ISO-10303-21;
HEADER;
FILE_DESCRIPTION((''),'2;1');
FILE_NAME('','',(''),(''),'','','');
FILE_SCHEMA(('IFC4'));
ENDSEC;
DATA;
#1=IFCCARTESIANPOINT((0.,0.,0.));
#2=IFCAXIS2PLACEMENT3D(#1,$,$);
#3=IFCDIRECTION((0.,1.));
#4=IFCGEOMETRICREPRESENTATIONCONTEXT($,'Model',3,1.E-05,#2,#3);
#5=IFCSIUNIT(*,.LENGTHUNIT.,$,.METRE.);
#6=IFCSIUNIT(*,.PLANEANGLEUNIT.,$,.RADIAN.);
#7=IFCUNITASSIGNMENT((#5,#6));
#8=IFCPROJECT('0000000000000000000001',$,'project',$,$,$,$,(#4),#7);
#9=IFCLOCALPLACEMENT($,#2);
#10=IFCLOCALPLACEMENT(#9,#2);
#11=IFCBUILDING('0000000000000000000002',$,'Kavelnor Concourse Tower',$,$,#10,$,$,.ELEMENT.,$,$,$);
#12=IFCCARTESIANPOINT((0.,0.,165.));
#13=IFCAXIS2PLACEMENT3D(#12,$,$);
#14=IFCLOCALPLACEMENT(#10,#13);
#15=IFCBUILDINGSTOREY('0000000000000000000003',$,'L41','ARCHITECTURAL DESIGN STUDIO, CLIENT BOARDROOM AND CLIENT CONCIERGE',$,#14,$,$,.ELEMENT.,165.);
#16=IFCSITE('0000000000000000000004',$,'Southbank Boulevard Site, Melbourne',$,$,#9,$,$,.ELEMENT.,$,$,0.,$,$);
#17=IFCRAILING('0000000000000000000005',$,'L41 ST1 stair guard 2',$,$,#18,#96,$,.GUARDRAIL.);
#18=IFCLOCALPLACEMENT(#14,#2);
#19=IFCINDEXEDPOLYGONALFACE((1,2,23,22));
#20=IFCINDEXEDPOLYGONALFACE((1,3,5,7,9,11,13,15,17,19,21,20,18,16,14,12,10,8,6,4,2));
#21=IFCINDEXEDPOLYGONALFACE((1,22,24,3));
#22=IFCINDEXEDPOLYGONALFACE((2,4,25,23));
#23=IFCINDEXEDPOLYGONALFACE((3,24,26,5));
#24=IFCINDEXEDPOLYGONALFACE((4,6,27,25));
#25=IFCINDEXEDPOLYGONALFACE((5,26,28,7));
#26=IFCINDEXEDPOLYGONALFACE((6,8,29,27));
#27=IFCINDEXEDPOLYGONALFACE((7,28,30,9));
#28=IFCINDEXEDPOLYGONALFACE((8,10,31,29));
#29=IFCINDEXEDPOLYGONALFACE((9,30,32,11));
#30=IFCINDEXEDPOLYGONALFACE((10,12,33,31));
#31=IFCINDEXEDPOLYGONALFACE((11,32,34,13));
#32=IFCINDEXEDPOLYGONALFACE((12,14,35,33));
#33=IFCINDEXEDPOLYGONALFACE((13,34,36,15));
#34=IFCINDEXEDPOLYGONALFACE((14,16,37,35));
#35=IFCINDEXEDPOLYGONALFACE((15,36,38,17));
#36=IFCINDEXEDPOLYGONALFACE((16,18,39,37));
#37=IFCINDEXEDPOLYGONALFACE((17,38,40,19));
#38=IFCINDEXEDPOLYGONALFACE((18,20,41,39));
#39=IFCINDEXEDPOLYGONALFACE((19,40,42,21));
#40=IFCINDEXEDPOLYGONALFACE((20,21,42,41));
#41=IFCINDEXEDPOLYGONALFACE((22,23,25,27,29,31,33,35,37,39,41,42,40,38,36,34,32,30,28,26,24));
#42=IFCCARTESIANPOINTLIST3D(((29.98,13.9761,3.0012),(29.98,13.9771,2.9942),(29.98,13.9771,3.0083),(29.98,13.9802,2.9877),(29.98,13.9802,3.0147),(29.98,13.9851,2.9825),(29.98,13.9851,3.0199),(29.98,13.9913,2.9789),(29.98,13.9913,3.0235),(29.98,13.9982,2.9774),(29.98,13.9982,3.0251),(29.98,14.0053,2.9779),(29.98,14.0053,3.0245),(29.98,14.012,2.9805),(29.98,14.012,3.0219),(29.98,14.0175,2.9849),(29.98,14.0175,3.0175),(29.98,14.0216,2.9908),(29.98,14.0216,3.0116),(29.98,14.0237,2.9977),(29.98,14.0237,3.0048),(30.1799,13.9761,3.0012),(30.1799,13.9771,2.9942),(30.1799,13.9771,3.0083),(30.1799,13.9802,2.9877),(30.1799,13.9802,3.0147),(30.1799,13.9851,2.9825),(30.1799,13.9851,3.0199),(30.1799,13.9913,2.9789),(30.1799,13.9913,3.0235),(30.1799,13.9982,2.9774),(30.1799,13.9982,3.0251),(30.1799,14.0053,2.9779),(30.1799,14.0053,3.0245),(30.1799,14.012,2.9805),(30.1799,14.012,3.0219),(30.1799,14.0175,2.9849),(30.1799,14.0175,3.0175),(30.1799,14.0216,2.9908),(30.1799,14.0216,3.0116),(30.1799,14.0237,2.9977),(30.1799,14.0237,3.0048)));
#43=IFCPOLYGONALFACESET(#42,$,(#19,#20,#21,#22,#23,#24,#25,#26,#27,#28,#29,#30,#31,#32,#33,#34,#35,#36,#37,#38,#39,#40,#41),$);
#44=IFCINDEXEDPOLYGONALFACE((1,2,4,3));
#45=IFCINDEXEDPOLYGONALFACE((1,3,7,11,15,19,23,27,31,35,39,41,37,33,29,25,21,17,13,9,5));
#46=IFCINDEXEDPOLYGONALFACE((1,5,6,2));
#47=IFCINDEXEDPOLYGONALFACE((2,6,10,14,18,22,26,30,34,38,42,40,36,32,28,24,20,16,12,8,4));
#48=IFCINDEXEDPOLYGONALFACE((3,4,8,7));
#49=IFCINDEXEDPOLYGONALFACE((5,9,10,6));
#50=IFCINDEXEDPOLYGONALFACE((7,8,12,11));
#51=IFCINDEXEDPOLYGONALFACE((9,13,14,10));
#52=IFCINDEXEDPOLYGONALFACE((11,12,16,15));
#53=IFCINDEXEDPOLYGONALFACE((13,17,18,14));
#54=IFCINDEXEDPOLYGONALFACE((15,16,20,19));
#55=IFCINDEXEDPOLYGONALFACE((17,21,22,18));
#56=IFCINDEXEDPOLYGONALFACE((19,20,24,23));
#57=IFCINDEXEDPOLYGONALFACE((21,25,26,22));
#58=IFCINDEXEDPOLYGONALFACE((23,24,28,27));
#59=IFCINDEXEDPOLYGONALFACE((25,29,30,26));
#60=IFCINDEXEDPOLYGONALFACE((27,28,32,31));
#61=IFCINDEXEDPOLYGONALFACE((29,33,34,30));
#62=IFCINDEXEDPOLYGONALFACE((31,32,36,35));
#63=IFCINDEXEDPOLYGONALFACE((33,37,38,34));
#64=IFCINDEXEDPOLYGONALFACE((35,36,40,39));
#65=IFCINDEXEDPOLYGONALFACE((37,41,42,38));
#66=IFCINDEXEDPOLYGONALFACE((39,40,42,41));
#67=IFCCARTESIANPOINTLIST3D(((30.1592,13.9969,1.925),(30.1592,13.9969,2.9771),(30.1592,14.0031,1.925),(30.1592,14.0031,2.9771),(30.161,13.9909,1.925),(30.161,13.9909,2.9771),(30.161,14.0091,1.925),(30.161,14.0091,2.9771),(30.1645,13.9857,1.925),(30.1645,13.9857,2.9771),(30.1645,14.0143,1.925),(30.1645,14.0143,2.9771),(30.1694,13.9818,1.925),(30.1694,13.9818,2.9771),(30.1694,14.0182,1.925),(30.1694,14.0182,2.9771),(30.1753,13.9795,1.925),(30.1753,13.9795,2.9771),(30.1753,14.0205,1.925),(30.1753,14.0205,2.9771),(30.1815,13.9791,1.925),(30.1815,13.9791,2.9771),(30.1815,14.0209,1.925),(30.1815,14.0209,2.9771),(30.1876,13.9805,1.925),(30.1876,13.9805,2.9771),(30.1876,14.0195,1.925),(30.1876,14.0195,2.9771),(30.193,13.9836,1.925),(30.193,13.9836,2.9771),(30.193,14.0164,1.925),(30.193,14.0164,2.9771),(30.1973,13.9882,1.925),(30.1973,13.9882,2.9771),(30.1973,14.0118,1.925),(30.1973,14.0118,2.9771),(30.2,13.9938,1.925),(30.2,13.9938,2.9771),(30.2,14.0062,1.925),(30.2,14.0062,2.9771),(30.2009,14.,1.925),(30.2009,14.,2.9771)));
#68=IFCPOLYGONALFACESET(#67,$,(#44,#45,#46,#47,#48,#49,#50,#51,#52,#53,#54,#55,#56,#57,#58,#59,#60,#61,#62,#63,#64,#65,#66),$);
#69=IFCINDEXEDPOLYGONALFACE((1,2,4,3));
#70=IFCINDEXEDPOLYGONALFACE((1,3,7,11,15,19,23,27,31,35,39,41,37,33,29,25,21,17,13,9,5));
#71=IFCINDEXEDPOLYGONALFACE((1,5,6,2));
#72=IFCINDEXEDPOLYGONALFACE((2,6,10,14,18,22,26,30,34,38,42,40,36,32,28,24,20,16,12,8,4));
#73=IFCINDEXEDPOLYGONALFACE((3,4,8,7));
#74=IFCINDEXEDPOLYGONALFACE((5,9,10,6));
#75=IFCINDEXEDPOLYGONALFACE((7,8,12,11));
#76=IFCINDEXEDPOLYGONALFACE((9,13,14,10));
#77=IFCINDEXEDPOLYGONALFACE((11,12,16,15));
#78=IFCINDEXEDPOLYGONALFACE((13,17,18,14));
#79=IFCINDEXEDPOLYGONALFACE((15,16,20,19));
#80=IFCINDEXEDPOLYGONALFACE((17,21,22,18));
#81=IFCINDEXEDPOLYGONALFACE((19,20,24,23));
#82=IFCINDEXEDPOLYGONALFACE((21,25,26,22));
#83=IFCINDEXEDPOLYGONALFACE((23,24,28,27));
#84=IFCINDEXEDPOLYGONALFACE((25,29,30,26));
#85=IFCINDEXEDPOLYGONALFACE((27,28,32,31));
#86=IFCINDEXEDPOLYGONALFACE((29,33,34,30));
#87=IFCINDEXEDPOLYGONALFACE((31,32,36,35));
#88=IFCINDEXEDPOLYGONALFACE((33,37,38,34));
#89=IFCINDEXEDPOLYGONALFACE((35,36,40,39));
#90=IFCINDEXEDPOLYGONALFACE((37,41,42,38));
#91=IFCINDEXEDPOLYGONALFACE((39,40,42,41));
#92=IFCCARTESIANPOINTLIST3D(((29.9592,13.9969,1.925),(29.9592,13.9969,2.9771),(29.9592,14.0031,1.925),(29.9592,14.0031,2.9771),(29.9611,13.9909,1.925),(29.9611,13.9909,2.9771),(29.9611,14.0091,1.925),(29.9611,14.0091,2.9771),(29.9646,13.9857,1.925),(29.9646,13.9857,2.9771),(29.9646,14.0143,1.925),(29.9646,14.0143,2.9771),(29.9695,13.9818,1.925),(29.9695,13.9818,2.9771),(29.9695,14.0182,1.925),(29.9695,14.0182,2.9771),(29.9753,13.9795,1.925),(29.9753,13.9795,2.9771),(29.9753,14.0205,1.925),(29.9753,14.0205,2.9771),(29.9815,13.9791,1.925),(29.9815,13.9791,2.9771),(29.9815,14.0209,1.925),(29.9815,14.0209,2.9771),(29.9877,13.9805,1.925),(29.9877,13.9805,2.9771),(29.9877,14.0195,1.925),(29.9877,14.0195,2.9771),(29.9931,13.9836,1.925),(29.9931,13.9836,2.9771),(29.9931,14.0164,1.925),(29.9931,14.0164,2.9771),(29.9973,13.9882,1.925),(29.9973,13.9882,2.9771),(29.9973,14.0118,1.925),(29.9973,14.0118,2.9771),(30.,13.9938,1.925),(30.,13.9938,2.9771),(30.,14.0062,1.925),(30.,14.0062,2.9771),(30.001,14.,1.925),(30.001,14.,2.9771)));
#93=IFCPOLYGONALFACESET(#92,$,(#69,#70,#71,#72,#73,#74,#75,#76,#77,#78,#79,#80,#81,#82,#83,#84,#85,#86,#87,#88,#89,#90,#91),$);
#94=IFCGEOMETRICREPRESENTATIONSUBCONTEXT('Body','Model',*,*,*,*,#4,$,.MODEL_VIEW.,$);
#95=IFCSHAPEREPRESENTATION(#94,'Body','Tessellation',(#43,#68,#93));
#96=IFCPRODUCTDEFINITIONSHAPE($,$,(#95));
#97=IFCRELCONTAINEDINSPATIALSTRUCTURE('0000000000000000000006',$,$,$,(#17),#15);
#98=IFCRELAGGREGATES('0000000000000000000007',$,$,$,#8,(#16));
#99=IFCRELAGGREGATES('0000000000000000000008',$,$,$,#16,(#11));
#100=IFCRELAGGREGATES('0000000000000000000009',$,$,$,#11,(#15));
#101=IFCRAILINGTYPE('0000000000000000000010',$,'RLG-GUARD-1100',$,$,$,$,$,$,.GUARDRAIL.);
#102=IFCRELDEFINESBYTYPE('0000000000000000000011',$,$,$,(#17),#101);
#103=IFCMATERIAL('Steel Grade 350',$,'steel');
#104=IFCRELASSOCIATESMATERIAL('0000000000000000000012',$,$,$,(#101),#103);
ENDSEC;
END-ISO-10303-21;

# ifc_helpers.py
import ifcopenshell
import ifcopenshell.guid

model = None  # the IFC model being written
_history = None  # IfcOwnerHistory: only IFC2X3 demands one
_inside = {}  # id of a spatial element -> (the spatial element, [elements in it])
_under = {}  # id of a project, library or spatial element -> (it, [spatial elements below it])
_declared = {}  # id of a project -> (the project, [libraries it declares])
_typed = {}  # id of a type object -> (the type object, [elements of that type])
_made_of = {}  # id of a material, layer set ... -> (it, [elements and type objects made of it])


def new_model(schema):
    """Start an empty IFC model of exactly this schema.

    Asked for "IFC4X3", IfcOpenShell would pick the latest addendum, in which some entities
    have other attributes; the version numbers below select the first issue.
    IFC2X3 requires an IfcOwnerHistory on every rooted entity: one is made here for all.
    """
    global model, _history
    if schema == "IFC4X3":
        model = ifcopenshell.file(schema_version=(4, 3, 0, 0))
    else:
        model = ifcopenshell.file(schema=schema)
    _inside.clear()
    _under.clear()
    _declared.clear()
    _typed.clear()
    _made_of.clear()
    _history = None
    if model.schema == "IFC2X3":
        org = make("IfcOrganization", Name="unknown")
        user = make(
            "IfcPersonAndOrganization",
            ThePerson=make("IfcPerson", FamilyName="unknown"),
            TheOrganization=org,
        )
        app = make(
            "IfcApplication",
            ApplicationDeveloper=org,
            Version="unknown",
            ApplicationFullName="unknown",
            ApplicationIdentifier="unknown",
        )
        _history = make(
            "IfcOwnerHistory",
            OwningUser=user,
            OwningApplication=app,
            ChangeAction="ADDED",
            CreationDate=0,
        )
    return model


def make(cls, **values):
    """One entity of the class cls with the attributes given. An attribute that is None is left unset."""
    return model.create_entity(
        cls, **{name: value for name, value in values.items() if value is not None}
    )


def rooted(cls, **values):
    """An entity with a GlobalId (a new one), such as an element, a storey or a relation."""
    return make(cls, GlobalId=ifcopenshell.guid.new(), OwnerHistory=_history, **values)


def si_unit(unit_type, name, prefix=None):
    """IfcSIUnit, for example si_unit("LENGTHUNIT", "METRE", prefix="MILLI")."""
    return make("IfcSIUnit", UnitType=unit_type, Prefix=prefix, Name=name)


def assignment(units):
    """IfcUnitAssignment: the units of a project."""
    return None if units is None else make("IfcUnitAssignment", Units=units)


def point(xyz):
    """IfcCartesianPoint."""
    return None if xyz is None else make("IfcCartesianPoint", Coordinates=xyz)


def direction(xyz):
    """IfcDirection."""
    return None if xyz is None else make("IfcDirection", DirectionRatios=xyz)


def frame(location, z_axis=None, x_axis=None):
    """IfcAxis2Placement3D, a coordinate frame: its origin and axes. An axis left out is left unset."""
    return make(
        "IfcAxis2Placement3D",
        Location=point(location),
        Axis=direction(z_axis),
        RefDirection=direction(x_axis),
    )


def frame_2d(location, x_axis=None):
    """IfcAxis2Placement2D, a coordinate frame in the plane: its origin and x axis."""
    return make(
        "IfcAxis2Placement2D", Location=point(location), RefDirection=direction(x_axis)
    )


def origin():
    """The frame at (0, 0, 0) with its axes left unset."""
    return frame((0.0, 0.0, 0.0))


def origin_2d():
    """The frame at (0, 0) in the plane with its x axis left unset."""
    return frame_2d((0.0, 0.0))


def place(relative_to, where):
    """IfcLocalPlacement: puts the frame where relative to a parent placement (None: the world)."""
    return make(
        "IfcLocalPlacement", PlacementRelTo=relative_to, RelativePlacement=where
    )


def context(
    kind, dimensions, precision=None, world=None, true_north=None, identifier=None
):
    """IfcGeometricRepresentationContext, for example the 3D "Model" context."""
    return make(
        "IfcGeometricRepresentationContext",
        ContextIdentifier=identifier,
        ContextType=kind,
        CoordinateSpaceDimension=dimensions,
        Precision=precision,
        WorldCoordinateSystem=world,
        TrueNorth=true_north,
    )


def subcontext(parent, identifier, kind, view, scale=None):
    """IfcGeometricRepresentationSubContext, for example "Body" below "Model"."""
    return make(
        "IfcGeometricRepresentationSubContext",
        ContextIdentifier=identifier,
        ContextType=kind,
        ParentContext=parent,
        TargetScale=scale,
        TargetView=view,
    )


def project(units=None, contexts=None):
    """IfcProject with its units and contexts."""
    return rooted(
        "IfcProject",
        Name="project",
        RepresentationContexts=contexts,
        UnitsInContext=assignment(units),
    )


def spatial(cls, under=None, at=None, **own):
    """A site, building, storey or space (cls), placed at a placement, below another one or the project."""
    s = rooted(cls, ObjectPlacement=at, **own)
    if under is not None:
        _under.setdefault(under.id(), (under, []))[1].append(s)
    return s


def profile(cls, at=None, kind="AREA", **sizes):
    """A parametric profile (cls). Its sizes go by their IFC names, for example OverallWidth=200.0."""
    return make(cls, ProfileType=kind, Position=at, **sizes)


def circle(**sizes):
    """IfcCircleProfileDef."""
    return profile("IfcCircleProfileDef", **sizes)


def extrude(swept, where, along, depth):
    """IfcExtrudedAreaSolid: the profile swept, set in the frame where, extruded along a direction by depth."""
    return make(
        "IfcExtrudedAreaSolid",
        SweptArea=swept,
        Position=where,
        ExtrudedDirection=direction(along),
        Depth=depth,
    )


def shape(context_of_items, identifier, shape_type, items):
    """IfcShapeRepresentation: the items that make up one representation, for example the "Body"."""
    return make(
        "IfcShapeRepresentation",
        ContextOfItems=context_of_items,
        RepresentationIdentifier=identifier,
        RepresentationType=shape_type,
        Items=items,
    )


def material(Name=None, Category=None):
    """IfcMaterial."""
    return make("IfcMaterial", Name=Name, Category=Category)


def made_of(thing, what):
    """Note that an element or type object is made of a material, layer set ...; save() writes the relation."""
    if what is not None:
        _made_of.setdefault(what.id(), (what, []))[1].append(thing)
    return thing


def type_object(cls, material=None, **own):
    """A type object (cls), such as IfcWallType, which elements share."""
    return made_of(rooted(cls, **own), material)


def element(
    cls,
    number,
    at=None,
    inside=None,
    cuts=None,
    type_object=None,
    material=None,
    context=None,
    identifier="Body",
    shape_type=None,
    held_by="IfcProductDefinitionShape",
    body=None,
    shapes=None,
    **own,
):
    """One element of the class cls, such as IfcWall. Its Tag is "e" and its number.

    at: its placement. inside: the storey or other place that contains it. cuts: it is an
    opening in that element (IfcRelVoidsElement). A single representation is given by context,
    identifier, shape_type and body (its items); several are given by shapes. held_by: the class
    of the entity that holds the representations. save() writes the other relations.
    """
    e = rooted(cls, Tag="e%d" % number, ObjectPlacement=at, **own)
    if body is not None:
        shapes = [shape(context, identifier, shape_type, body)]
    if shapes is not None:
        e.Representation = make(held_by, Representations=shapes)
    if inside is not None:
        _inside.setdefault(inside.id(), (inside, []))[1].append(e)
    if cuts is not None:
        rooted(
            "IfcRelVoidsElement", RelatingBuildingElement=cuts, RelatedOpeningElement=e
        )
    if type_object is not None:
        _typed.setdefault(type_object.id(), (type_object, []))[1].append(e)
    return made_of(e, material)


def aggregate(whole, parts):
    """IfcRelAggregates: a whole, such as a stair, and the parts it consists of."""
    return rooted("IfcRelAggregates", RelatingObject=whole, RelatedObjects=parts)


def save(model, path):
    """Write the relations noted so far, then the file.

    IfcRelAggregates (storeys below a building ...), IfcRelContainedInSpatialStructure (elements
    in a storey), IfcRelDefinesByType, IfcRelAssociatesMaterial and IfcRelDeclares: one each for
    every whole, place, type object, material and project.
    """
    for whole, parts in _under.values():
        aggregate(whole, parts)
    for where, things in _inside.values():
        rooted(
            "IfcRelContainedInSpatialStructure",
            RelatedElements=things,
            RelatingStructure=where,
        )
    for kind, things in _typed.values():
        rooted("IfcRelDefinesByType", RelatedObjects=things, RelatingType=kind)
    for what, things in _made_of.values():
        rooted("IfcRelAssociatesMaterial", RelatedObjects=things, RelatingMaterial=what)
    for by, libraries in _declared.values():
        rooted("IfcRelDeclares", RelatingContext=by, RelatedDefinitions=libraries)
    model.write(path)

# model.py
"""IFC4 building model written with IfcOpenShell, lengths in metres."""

from ifc_helpers import new_model, si_unit, direction, frame, origin, origin_2d, place, context, subcontext, project, spatial, circle, extrude, material, type_object, element, save


model = new_model("IFC4")

# Units and contexts
model_context = context("Model", 3, precision=1e-05, world=origin(), true_north=direction((0.0, 1.0)))
body_context = subcontext(model_context, "Body", "Model", "MODEL_VIEW")
ifc_project = project(units=[si_unit("LENGTHUNIT", "METRE"), si_unit("PLANEANGLEUNIT", "RADIAN")], contexts=[model_context])

# Site, building, storey
site_placement = place(None, origin())
site = spatial("IfcSite", under=ifc_project, at=site_placement, Name="Southbank Boulevard Site, Melbourne", CompositionType="ELEMENT", RefElevation=0.0)
building_placement = place(site_placement, origin())
building = spatial("IfcBuilding", under=site, at=building_placement, Name="Kavelnor Concourse Tower", CompositionType="ELEMENT")
storey_placement = place(building_placement, frame((0.0, 0.0, 165.0)))
storey = spatial("IfcBuildingStorey", under=building, at=storey_placement, Name="L41", Description="ARCHITECTURAL DESIGN STUDIO, CLIENT BOARDROOM AND CLIENT CONCIERGE", CompositionType="ELEMENT", Elevation=165.0)

# Shared definitions
ifc_material_1 = material(Name="Steel Grade 350", Category="steel")

# Railing
railing_type_1 = type_object("IfcRailingType", Name="RLG-GUARD-1100", PredefinedType="GUARDRAIL", material=ifc_material_1)
railing_1_placement = place(storey_placement, frame((30.1799, 14.0, 1.925)))
element("IfcRailing", 1, at=railing_1_placement, inside=storey, type_object=railing_type_1, Name="L41 ST1 stair guard 2", PredefinedType="GUARDRAIL", context=body_context, shape_type="SweptSolid", body=[
    extrude(circle(Radius=0.0239, at=origin_2d()), frame((0.0, 0.0, 1.0762), z_axis=(-1.0, 0.0, 0.0), x_axis=(0.0, -1.0, 0.0)), (0.0, 0.0, 1.0), 0.2),
    extrude(circle(Radius=0.021, at=origin_2d()), origin(), (0.0, 0.0, 1.0), 1.052),
    extrude(circle(Radius=0.021, at=origin_2d()), frame((-0.2, 0.0, 0.0)), (0.0, 0.0, 1.0), 1.052),
])

save(model, "model.ifc")
